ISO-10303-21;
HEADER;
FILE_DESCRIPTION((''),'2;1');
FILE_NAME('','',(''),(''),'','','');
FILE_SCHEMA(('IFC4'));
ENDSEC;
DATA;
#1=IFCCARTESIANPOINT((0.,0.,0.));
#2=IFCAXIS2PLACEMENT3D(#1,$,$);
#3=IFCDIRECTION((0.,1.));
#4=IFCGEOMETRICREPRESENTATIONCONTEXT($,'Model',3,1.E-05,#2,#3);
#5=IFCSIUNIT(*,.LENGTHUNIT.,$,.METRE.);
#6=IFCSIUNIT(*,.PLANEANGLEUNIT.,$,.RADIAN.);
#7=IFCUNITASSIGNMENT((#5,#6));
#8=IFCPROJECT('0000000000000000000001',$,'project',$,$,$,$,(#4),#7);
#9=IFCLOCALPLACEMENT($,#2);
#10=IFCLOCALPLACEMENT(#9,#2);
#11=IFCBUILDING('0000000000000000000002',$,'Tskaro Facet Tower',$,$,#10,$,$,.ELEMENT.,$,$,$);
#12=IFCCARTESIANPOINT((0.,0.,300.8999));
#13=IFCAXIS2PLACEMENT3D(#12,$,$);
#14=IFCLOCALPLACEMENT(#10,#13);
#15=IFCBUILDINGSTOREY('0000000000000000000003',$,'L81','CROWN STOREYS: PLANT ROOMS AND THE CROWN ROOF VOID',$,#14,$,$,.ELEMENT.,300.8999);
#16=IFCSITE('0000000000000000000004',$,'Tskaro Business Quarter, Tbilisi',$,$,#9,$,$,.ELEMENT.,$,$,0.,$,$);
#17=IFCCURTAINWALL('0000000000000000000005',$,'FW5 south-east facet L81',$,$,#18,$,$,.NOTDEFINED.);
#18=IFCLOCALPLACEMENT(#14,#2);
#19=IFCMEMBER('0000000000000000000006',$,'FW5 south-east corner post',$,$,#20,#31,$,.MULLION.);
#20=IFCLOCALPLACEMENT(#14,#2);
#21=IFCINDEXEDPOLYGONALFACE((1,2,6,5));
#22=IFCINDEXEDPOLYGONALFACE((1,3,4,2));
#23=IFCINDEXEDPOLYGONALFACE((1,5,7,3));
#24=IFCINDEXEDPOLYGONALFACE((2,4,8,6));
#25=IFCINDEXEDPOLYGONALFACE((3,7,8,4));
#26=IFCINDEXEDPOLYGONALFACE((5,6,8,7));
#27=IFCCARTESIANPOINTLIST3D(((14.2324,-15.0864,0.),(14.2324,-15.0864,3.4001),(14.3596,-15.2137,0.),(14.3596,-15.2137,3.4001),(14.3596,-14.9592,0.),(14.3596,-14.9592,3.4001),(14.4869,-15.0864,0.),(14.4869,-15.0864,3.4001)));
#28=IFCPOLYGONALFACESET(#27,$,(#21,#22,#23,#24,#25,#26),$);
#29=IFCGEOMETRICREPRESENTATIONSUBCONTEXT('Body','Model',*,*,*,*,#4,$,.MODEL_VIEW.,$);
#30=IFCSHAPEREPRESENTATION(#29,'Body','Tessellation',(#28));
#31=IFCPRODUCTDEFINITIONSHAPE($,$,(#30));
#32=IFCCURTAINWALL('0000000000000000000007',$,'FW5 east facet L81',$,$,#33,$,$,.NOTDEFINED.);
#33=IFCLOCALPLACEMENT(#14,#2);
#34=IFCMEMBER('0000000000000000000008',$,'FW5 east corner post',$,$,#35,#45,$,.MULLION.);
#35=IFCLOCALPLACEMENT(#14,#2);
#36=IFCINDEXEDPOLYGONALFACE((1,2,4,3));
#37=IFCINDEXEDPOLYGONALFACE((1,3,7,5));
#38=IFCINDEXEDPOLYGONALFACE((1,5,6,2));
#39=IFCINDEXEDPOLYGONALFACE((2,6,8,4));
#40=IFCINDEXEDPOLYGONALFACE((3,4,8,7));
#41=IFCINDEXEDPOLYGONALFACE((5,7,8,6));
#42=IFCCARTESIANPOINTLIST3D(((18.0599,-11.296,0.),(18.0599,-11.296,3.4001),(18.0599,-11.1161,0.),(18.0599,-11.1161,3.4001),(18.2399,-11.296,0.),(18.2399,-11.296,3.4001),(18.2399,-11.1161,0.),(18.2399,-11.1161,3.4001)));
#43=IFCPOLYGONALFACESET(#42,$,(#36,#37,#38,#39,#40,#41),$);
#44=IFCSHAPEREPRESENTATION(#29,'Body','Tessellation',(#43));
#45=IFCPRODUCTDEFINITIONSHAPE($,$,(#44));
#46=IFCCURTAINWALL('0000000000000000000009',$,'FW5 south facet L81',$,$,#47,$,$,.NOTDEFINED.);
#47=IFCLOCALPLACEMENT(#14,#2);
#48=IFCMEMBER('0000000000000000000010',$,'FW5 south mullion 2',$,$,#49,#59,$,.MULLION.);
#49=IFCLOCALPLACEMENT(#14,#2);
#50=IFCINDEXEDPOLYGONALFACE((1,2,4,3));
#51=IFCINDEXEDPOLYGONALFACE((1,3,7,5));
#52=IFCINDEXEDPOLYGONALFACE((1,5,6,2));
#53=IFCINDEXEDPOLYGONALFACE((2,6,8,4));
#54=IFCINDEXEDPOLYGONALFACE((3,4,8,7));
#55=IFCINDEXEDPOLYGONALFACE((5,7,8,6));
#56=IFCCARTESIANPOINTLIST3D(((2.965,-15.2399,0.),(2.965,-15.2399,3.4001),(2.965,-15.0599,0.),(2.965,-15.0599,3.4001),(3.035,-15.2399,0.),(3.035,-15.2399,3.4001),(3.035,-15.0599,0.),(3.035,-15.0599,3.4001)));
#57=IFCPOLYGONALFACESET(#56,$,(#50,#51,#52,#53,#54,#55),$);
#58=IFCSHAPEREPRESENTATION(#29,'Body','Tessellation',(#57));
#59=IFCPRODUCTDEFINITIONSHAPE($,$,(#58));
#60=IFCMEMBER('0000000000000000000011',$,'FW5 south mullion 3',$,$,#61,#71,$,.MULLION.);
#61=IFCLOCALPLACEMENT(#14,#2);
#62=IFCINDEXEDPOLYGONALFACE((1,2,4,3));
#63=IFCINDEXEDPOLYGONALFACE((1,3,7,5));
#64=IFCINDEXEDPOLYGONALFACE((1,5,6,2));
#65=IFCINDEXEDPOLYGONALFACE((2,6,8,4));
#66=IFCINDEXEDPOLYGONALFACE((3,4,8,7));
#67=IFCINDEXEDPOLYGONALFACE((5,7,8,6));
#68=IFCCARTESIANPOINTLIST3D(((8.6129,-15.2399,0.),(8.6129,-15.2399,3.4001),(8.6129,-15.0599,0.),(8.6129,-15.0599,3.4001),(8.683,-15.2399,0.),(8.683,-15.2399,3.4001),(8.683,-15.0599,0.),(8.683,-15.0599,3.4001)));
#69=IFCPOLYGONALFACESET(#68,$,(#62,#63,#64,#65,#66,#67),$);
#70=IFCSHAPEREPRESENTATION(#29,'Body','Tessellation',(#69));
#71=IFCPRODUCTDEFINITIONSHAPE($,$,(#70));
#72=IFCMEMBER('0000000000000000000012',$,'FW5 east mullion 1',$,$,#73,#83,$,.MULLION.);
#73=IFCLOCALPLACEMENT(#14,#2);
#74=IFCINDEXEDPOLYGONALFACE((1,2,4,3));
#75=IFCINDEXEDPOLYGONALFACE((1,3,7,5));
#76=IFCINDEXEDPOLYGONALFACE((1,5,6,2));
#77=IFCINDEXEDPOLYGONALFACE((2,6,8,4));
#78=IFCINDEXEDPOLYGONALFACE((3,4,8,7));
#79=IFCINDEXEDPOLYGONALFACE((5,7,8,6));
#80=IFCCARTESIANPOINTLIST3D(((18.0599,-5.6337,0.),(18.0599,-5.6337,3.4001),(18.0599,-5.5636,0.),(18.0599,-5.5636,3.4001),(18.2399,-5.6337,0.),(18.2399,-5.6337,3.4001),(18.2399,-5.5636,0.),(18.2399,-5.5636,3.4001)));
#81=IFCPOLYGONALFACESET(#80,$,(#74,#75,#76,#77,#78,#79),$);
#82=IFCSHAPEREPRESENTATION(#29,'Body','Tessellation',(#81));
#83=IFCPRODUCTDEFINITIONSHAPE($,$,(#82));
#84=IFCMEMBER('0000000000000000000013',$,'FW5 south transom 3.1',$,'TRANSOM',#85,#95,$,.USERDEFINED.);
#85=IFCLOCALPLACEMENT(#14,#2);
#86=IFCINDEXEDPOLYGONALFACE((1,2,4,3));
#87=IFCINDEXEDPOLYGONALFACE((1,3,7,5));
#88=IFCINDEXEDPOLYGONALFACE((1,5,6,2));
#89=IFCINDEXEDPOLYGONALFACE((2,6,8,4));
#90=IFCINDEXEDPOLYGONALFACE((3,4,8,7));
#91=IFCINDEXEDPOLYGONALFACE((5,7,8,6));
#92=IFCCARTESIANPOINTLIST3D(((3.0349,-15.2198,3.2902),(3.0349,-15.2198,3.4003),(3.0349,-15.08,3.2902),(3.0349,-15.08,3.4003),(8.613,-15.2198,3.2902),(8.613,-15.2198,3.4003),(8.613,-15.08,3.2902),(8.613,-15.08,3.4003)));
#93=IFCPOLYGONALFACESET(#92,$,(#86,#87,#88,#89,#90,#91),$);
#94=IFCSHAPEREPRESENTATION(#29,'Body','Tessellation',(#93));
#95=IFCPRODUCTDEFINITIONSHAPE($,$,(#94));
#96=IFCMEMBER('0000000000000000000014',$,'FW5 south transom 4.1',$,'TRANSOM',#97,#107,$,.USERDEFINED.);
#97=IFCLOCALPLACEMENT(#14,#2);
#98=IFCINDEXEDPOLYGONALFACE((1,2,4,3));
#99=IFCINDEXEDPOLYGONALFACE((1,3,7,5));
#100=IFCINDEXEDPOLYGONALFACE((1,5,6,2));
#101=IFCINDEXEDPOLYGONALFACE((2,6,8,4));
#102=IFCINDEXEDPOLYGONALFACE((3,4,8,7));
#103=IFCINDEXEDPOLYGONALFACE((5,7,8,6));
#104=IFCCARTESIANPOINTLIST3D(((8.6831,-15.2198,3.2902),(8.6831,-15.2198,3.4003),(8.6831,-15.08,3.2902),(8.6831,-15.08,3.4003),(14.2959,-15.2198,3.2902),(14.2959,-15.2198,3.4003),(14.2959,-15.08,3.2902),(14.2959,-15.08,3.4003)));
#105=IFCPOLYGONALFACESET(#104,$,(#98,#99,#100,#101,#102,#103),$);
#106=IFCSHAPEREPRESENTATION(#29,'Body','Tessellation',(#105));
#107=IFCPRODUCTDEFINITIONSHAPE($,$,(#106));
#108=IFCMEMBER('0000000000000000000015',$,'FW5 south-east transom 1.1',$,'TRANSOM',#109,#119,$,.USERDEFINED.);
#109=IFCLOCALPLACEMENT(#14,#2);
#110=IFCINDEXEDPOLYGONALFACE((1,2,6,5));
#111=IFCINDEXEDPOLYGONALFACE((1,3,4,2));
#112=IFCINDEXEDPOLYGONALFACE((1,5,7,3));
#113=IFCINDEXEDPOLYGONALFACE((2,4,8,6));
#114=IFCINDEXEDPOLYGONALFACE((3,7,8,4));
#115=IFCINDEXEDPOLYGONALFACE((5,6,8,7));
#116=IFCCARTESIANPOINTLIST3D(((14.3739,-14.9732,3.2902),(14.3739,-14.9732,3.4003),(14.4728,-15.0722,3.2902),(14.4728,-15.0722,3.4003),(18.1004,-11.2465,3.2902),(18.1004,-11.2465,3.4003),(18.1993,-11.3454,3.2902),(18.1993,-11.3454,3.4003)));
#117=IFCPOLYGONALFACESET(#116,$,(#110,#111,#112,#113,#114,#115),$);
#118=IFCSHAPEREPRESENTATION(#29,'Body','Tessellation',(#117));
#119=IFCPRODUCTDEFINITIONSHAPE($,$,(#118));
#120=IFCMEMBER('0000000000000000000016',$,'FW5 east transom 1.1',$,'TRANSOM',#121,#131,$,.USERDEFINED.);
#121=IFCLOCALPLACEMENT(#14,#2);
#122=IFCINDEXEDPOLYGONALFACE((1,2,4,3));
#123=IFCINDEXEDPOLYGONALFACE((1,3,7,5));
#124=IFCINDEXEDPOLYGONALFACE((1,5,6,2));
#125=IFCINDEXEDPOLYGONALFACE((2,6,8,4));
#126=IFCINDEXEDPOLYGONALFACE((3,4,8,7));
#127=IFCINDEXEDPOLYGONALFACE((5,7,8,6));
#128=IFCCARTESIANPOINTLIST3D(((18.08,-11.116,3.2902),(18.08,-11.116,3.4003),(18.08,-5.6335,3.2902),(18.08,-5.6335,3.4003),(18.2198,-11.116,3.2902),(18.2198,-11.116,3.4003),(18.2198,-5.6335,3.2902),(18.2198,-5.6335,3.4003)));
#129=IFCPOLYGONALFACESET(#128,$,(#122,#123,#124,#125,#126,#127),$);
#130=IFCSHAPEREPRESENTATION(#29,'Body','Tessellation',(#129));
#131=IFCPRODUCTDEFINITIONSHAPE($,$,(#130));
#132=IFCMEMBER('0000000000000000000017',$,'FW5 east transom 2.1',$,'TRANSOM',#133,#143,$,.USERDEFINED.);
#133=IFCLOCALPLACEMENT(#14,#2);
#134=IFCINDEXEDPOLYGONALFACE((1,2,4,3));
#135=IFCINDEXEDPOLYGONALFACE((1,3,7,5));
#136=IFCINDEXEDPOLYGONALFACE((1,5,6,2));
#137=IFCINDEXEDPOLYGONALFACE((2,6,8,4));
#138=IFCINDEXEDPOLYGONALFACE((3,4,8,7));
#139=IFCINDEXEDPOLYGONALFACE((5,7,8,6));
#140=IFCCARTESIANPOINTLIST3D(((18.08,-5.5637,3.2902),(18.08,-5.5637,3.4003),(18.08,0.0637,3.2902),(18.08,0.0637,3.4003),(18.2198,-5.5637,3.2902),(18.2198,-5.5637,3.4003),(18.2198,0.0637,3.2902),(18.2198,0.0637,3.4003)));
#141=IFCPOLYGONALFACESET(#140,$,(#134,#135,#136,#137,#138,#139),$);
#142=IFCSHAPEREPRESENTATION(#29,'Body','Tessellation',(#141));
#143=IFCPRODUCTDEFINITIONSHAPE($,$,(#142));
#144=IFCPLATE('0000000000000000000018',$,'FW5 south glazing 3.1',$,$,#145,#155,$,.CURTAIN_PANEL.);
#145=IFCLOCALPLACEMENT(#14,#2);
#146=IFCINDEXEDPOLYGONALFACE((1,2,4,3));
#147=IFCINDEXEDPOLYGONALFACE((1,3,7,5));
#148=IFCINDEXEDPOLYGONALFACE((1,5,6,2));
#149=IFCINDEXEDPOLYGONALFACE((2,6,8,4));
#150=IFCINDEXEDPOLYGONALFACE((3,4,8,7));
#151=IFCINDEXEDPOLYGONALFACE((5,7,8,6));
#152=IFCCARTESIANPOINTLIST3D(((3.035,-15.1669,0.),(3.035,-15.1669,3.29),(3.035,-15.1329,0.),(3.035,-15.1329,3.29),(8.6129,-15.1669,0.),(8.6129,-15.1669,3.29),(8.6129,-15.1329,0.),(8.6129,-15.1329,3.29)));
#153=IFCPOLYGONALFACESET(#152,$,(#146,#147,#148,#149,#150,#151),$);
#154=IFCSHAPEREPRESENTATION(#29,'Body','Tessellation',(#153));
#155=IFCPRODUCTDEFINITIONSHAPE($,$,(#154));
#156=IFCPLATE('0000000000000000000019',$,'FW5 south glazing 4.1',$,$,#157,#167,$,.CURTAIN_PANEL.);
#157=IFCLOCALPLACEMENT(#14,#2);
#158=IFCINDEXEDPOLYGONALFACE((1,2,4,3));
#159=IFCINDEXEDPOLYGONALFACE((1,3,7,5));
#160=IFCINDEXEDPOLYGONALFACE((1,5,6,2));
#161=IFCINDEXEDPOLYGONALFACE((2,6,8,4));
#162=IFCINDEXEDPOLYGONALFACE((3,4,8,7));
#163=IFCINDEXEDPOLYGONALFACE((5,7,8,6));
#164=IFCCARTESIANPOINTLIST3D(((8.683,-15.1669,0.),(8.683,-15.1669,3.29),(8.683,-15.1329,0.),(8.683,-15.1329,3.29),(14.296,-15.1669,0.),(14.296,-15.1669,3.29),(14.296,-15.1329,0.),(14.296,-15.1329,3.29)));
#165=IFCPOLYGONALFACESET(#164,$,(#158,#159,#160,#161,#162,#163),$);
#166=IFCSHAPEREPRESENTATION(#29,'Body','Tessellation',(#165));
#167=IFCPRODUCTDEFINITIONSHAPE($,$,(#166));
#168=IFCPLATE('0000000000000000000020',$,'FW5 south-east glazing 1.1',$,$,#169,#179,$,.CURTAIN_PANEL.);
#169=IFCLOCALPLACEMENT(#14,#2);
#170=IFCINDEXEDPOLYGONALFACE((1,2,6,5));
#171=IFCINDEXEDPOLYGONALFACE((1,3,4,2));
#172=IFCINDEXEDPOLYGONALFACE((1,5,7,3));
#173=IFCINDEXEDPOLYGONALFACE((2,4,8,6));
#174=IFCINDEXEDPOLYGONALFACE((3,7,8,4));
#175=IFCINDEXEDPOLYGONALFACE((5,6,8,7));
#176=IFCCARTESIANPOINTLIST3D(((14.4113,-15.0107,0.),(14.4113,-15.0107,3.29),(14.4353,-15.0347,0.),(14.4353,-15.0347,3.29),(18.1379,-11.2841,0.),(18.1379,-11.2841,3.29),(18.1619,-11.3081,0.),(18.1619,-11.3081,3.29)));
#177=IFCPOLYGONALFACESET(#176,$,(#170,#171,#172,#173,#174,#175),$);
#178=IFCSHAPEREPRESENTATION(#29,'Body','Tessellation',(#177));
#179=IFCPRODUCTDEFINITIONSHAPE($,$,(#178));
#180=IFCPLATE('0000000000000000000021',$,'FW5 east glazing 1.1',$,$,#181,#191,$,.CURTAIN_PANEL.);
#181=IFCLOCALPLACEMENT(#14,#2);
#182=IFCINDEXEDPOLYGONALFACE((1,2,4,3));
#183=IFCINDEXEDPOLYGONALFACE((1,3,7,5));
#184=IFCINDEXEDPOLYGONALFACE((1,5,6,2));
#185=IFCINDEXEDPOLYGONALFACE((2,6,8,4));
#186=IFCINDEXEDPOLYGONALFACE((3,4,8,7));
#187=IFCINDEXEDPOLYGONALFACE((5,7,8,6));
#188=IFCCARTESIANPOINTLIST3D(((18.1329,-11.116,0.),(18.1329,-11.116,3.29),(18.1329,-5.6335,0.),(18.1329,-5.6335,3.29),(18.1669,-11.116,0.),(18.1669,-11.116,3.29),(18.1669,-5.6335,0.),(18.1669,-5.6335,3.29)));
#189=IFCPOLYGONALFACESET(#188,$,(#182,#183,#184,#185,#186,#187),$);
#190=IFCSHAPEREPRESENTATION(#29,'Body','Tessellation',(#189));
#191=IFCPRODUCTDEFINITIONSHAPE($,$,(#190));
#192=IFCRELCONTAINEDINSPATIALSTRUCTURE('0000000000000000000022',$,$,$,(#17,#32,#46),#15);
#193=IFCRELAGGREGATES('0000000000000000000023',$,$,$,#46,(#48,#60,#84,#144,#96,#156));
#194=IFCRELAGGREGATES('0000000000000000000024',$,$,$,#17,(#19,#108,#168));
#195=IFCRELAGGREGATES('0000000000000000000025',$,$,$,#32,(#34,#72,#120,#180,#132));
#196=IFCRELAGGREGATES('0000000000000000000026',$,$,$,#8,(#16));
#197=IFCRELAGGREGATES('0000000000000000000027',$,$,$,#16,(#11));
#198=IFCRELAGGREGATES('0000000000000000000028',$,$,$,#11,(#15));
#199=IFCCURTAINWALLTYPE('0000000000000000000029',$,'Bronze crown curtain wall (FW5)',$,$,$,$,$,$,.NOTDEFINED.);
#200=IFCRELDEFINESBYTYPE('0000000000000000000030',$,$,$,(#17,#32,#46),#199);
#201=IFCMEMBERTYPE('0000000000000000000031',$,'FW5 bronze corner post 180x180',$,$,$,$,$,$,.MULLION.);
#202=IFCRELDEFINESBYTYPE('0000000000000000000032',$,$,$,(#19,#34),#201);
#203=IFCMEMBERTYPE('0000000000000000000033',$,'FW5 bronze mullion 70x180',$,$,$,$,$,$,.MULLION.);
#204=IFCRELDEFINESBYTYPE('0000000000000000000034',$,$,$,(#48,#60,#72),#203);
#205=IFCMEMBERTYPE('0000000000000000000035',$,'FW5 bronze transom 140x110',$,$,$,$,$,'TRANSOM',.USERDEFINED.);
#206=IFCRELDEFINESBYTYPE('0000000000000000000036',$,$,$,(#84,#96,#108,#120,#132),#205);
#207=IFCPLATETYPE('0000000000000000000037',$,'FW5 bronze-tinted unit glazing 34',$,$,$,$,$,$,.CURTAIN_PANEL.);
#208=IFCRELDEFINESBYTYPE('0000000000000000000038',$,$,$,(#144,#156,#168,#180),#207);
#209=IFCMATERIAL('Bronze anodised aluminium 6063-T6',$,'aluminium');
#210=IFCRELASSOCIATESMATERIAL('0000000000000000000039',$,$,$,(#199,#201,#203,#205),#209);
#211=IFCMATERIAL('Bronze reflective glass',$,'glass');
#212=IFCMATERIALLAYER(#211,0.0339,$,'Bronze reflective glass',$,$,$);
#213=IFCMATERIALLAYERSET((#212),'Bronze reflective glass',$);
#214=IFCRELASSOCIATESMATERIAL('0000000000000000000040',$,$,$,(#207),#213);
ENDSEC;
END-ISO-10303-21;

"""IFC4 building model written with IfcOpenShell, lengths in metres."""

from ifc_helpers import new_model, si_unit, direction, frame, origin, origin_2d, place, context, subcontext, project, spatial, rectangle, extrude, material, layer, layer_set, material_profile, profile_set, type_object, element, aggregate, save


model = new_model("IFC4")

# Units and contexts
model_context = context("Model", 3, precision=1e-05, world=origin(), true_north=direction((0.0, 1.0)))
body_context = subcontext(model_context, "Body", "Model", "MODEL_VIEW")
ifc_project = project(units=[si_unit("LENGTHUNIT", "METRE"), si_unit("PLANEANGLEUNIT", "RADIAN")], contexts=[model_context])

# Site, building, storey
site_placement = place(None, origin())
site = spatial("IfcSite", under=ifc_project, at=site_placement, Name="Tskaro Business Quarter, Tbilisi", CompositionType="ELEMENT", RefElevation=0.0)
building_placement = place(site_placement, origin())
building = spatial("IfcBuilding", under=site, at=building_placement, Name="Tskaro Facet Tower", CompositionType="ELEMENT")
storey_placement = place(building_placement, frame((0.0, 0.0, 300.8999)))
storey = spatial("IfcBuildingStorey", under=building, at=storey_placement, Name="L81", Description="CROWN STOREYS: PLANT ROOMS AND THE CROWN ROOF VOID", CompositionType="ELEMENT", Elevation=300.8999)

# Curtain walls, members
ifc_material_1 = material(Name="Bronze anodised aluminium 6063-T6", Category="aluminium")
curtain_wall_type = type_object("IfcCurtainWallType", Name="Bronze crown curtain wall (FW5)", PredefinedType="NOTDEFINED", material=ifc_material_1)
curtain_wall_1_placement = place(storey_placement, origin())
curtain_wall_1 = element("IfcCurtainWall", 1, at=curtain_wall_1_placement, inside=storey, type_object=curtain_wall_type, Name="FW5 south-east facet L81", PredefinedType="NOTDEFINED")
ifc_material_profile_1 = material_profile(ifc_material_1, rectangle(XDim=0.1799, YDim=0.1799, at=origin_2d()), Name="Corner post 180x180")
ifc_profile_set_1 = profile_set([ifc_material_profile_1], Name="Bronze anodised aluminium 6063-T6")
member_type_1 = type_object("IfcMemberType", Name="FW5 bronze corner post 180x180", PredefinedType="MULLION", material=ifc_profile_set_1)
member_1_placement = place(storey_placement, frame((14.3596, -15.0864, 0.0), z_axis=(0.0, 0.0, 1.0), x_axis=(0.707107, 0.707107, 0.0)))
member_1 = element("IfcMember", 2, at=member_1_placement, type_object=member_type_1, Name="FW5 south-east corner post", PredefinedType="MULLION", context=body_context, shape_type="SweptSolid", body=[
    extrude(rectangle(XDim=0.1799, YDim=0.1799, at=origin_2d()), origin(), (0.0, 0.0, 1.0), 3.4001),
])
curtain_wall_2_placement = place(storey_placement, origin())
curtain_wall_2 = element("IfcCurtainWall", 3, at=curtain_wall_2_placement, inside=storey, type_object=curtain_wall_type, Name="FW5 east facet L81", PredefinedType="NOTDEFINED")
member_2_placement = place(storey_placement, frame((18.1499, -11.2061, 0.0), z_axis=(0.0, 0.0, 1.0), x_axis=(0.0, 1.0, 0.0)))
member_2 = element("IfcMember", 4, at=member_2_placement, type_object=member_type_1, Name="FW5 east corner post", PredefinedType="MULLION", context=body_context, shape_type="SweptSolid", body=[
    extrude(rectangle(XDim=0.1799, YDim=0.1799, at=origin_2d()), origin(), (0.0, 0.0, 1.0), 3.4001),
])

# Curtain wall, members
curtain_wall_3_placement = place(storey_placement, origin())
curtain_wall_3 = element("IfcCurtainWall", 5, at=curtain_wall_3_placement, inside=storey, type_object=curtain_wall_type, Name="FW5 south facet L81", PredefinedType="NOTDEFINED")
ifc_material_profile_2 = material_profile(ifc_material_1, rectangle(XDim=0.0701, YDim=0.1799, at=origin_2d()), Name="Mullion 70x180")
ifc_profile_set_2 = profile_set([ifc_material_profile_2], Name="Bronze anodised aluminium 6063-T6")
member_type_2 = type_object("IfcMemberType", Name="FW5 bronze mullion 70x180", PredefinedType="MULLION", material=ifc_profile_set_2)
member_3_placement = place(storey_placement, frame((3.0, -15.1499, 0.0), z_axis=(0.0, 0.0, 1.0), x_axis=(1.0, 0.0, 0.0)))
member_3 = element("IfcMember", 6, at=member_3_placement, type_object=member_type_2, Name="FW5 south mullion 2", PredefinedType="MULLION", context=body_context, shape_type="SweptSolid", body=[
    extrude(rectangle(XDim=0.0701, YDim=0.1799, at=origin_2d()), origin(), (0.0, 0.0, 1.0), 3.4001),
])
member_4_placement = place(storey_placement, frame((8.6479, -15.1499, 0.0), z_axis=(0.0, 0.0, 1.0), x_axis=(1.0, 0.0, 0.0)))
member_4 = element("IfcMember", 7, at=member_4_placement, type_object=member_type_2, Name="FW5 south mullion 3", PredefinedType="MULLION", context=body_context, shape_type="SweptSolid", body=[
    extrude(rectangle(XDim=0.0701, YDim=0.1799, at=origin_2d()), origin(), (0.0, 0.0, 1.0), 3.4001),
])

# Members
member_5_placement = place(storey_placement, frame((18.1499, -5.5986, 0.0), z_axis=(0.0, 0.0, 1.0), x_axis=(0.0, 1.0, 0.0)))
member_5 = element("IfcMember", 8, at=member_5_placement, type_object=member_type_2, Name="FW5 east mullion 1", PredefinedType="MULLION", context=body_context, shape_type="SweptSolid", body=[
    extrude(rectangle(XDim=0.0701, YDim=0.1799, at=origin_2d()), origin(), (0.0, 0.0, 1.0), 3.4001),
])
ifc_material_profile_3 = material_profile(ifc_material_1, rectangle(XDim=0.1399, YDim=0.1101, at=origin_2d()), Name="Transom 140x110")
ifc_profile_set_3 = profile_set([ifc_material_profile_3], Name="Bronze anodised aluminium 6063-T6")
member_type_3 = type_object("IfcMemberType", Name="FW5 bronze transom 140x110", ElementType="TRANSOM", PredefinedType="USERDEFINED", material=ifc_profile_set_3)
member_6_placement = place(storey_placement, frame((3.0349, -15.1499, 3.3452), z_axis=(1.0, 0.0, 0.0), x_axis=(0.0, 1.0, 0.0)))
member_6 = element("IfcMember", 9, at=member_6_placement, type_object=member_type_3, Name="FW5 south transom 3.1", ObjectType="TRANSOM", PredefinedType="USERDEFINED", context=body_context, shape_type="SweptSolid", body=[
    extrude(rectangle(XDim=0.1399, YDim=0.1101, at=origin_2d()), origin(), (0.0, 0.0, 1.0), 5.5781),
])
member_7_placement = place(storey_placement, frame((8.6831, -15.1499, 3.3452), z_axis=(1.0, 0.0, 0.0), x_axis=(0.0, 1.0, 0.0)))
member_7 = element("IfcMember", 10, at=member_7_placement, type_object=member_type_3, Name="FW5 south transom 4.1", ObjectType="TRANSOM", PredefinedType="USERDEFINED", context=body_context, shape_type="SweptSolid", body=[
    extrude(rectangle(XDim=0.1399, YDim=0.1101, at=origin_2d()), origin(), (0.0, 0.0, 1.0), 5.6128),
])
member_8_placement = place(storey_placement, frame((14.4233, -15.0227, 3.3452), z_axis=(0.707084, 0.70713, 0.0), x_axis=(-0.70713, 0.707084, 0.0)))
member_8 = element("IfcMember", 11, at=member_8_placement, type_object=member_type_3, Name="FW5 south-east transom 1.1", ObjectType="TRANSOM", PredefinedType="USERDEFINED", context=body_context, shape_type="SweptSolid", body=[
    extrude(rectangle(XDim=0.1399, YDim=0.1101, at=origin_2d()), origin(), (0.0, 0.0, 1.0), 5.2703),
])
member_9_placement = place(storey_placement, frame((18.1499, -11.116, 3.3452), z_axis=(0.0, 1.0, 0.0), x_axis=(-1.0, 0.0, 0.0)))
member_9 = element("IfcMember", 12, at=member_9_placement, type_object=member_type_3, Name="FW5 east transom 1.1", ObjectType="TRANSOM", PredefinedType="USERDEFINED", context=body_context, shape_type="SweptSolid", body=[
    extrude(rectangle(XDim=0.1399, YDim=0.1101, at=origin_2d()), origin(), (0.0, 0.0, 1.0), 5.4824),
])
member_10_placement = place(storey_placement, frame((18.1499, -5.5637, 3.3452), z_axis=(0.0, 1.0, 0.0), x_axis=(-1.0, 0.0, 0.0)))
member_10 = element("IfcMember", 13, at=member_10_placement, type_object=member_type_3, Name="FW5 east transom 2.1", ObjectType="TRANSOM", PredefinedType="USERDEFINED", context=body_context, shape_type="SweptSolid", body=[
    extrude(rectangle(XDim=0.1399, YDim=0.1101, at=origin_2d()), origin(), (0.0, 0.0, 1.0), 5.6274),
])

# Plates
ifc_material_2 = material(Name="Bronze reflective glass", Category="glass")
ifc_layer_1 = layer(ifc_material_2, 0.0339, Name="Bronze reflective glass")
ifc_layer_set_1 = layer_set([ifc_layer_1], Name="Bronze reflective glass")
plate_type = type_object("IfcPlateType", Name="FW5 bronze-tinted unit glazing 34", PredefinedType="CURTAIN_PANEL", material=ifc_layer_set_1)
plate_1_placement = place(storey_placement, frame((5.824, -15.1499, 0.0), z_axis=(0.0, 0.0, 1.0), x_axis=(1.0, 0.0, 0.0)))
plate_1 = element("IfcPlate", 14, at=plate_1_placement, type_object=plate_type, Name="FW5 south glazing 3.1", PredefinedType="CURTAIN_PANEL", context=body_context, shape_type="SweptSolid", body=[
    extrude(rectangle(XDim=5.5779, YDim=0.0339, at=origin_2d()), origin(), (0.0, 0.0, 1.0), 3.29),
])
plate_2_placement = place(storey_placement, frame((11.4895, -15.1499, 0.0), z_axis=(0.0, 0.0, 1.0), x_axis=(1.0, 0.0, 0.0)))
plate_2 = element("IfcPlate", 15, at=plate_2_placement, type_object=plate_type, Name="FW5 south glazing 4.1", PredefinedType="CURTAIN_PANEL", context=body_context, shape_type="SweptSolid", body=[
    extrude(rectangle(XDim=5.613, YDim=0.0339, at=origin_2d()), origin(), (0.0, 0.0, 1.0), 3.29),
])
aggregate(curtain_wall_3, [member_3, member_4, member_6, plate_1, member_7, plate_2])
plate_3_placement = place(storey_placement, frame((16.2866, -13.1594, 0.0), z_axis=(0.0, 0.0, 1.0), x_axis=(0.707107, 0.707107, 0.0)))
plate_3 = element("IfcPlate", 16, at=plate_3_placement, type_object=plate_type, Name="FW5 south-east glazing 1.1", PredefinedType="CURTAIN_PANEL", context=body_context, shape_type="SweptSolid", body=[
    extrude(rectangle(XDim=5.2703, YDim=0.0339, at=origin_2d()), origin(), (0.0, 0.0, 1.0), 3.29),
])
aggregate(curtain_wall_1, [member_1, member_8, plate_3])
plate_4_placement = place(storey_placement, frame((18.1499, -8.3748, 0.0), z_axis=(0.0, 0.0, 1.0), x_axis=(0.0, 1.0, 0.0)))
plate_4 = element("IfcPlate", 17, at=plate_4_placement, type_object=plate_type, Name="FW5 east glazing 1.1", PredefinedType="CURTAIN_PANEL", context=body_context, shape_type="SweptSolid", body=[
    extrude(rectangle(XDim=5.4824, YDim=0.0339, at=origin_2d()), origin(), (0.0, 0.0, 1.0), 3.29),
])
aggregate(curtain_wall_2, [member_2, member_5, member_9, plate_4, member_10])

save(model, "model.ifc")
